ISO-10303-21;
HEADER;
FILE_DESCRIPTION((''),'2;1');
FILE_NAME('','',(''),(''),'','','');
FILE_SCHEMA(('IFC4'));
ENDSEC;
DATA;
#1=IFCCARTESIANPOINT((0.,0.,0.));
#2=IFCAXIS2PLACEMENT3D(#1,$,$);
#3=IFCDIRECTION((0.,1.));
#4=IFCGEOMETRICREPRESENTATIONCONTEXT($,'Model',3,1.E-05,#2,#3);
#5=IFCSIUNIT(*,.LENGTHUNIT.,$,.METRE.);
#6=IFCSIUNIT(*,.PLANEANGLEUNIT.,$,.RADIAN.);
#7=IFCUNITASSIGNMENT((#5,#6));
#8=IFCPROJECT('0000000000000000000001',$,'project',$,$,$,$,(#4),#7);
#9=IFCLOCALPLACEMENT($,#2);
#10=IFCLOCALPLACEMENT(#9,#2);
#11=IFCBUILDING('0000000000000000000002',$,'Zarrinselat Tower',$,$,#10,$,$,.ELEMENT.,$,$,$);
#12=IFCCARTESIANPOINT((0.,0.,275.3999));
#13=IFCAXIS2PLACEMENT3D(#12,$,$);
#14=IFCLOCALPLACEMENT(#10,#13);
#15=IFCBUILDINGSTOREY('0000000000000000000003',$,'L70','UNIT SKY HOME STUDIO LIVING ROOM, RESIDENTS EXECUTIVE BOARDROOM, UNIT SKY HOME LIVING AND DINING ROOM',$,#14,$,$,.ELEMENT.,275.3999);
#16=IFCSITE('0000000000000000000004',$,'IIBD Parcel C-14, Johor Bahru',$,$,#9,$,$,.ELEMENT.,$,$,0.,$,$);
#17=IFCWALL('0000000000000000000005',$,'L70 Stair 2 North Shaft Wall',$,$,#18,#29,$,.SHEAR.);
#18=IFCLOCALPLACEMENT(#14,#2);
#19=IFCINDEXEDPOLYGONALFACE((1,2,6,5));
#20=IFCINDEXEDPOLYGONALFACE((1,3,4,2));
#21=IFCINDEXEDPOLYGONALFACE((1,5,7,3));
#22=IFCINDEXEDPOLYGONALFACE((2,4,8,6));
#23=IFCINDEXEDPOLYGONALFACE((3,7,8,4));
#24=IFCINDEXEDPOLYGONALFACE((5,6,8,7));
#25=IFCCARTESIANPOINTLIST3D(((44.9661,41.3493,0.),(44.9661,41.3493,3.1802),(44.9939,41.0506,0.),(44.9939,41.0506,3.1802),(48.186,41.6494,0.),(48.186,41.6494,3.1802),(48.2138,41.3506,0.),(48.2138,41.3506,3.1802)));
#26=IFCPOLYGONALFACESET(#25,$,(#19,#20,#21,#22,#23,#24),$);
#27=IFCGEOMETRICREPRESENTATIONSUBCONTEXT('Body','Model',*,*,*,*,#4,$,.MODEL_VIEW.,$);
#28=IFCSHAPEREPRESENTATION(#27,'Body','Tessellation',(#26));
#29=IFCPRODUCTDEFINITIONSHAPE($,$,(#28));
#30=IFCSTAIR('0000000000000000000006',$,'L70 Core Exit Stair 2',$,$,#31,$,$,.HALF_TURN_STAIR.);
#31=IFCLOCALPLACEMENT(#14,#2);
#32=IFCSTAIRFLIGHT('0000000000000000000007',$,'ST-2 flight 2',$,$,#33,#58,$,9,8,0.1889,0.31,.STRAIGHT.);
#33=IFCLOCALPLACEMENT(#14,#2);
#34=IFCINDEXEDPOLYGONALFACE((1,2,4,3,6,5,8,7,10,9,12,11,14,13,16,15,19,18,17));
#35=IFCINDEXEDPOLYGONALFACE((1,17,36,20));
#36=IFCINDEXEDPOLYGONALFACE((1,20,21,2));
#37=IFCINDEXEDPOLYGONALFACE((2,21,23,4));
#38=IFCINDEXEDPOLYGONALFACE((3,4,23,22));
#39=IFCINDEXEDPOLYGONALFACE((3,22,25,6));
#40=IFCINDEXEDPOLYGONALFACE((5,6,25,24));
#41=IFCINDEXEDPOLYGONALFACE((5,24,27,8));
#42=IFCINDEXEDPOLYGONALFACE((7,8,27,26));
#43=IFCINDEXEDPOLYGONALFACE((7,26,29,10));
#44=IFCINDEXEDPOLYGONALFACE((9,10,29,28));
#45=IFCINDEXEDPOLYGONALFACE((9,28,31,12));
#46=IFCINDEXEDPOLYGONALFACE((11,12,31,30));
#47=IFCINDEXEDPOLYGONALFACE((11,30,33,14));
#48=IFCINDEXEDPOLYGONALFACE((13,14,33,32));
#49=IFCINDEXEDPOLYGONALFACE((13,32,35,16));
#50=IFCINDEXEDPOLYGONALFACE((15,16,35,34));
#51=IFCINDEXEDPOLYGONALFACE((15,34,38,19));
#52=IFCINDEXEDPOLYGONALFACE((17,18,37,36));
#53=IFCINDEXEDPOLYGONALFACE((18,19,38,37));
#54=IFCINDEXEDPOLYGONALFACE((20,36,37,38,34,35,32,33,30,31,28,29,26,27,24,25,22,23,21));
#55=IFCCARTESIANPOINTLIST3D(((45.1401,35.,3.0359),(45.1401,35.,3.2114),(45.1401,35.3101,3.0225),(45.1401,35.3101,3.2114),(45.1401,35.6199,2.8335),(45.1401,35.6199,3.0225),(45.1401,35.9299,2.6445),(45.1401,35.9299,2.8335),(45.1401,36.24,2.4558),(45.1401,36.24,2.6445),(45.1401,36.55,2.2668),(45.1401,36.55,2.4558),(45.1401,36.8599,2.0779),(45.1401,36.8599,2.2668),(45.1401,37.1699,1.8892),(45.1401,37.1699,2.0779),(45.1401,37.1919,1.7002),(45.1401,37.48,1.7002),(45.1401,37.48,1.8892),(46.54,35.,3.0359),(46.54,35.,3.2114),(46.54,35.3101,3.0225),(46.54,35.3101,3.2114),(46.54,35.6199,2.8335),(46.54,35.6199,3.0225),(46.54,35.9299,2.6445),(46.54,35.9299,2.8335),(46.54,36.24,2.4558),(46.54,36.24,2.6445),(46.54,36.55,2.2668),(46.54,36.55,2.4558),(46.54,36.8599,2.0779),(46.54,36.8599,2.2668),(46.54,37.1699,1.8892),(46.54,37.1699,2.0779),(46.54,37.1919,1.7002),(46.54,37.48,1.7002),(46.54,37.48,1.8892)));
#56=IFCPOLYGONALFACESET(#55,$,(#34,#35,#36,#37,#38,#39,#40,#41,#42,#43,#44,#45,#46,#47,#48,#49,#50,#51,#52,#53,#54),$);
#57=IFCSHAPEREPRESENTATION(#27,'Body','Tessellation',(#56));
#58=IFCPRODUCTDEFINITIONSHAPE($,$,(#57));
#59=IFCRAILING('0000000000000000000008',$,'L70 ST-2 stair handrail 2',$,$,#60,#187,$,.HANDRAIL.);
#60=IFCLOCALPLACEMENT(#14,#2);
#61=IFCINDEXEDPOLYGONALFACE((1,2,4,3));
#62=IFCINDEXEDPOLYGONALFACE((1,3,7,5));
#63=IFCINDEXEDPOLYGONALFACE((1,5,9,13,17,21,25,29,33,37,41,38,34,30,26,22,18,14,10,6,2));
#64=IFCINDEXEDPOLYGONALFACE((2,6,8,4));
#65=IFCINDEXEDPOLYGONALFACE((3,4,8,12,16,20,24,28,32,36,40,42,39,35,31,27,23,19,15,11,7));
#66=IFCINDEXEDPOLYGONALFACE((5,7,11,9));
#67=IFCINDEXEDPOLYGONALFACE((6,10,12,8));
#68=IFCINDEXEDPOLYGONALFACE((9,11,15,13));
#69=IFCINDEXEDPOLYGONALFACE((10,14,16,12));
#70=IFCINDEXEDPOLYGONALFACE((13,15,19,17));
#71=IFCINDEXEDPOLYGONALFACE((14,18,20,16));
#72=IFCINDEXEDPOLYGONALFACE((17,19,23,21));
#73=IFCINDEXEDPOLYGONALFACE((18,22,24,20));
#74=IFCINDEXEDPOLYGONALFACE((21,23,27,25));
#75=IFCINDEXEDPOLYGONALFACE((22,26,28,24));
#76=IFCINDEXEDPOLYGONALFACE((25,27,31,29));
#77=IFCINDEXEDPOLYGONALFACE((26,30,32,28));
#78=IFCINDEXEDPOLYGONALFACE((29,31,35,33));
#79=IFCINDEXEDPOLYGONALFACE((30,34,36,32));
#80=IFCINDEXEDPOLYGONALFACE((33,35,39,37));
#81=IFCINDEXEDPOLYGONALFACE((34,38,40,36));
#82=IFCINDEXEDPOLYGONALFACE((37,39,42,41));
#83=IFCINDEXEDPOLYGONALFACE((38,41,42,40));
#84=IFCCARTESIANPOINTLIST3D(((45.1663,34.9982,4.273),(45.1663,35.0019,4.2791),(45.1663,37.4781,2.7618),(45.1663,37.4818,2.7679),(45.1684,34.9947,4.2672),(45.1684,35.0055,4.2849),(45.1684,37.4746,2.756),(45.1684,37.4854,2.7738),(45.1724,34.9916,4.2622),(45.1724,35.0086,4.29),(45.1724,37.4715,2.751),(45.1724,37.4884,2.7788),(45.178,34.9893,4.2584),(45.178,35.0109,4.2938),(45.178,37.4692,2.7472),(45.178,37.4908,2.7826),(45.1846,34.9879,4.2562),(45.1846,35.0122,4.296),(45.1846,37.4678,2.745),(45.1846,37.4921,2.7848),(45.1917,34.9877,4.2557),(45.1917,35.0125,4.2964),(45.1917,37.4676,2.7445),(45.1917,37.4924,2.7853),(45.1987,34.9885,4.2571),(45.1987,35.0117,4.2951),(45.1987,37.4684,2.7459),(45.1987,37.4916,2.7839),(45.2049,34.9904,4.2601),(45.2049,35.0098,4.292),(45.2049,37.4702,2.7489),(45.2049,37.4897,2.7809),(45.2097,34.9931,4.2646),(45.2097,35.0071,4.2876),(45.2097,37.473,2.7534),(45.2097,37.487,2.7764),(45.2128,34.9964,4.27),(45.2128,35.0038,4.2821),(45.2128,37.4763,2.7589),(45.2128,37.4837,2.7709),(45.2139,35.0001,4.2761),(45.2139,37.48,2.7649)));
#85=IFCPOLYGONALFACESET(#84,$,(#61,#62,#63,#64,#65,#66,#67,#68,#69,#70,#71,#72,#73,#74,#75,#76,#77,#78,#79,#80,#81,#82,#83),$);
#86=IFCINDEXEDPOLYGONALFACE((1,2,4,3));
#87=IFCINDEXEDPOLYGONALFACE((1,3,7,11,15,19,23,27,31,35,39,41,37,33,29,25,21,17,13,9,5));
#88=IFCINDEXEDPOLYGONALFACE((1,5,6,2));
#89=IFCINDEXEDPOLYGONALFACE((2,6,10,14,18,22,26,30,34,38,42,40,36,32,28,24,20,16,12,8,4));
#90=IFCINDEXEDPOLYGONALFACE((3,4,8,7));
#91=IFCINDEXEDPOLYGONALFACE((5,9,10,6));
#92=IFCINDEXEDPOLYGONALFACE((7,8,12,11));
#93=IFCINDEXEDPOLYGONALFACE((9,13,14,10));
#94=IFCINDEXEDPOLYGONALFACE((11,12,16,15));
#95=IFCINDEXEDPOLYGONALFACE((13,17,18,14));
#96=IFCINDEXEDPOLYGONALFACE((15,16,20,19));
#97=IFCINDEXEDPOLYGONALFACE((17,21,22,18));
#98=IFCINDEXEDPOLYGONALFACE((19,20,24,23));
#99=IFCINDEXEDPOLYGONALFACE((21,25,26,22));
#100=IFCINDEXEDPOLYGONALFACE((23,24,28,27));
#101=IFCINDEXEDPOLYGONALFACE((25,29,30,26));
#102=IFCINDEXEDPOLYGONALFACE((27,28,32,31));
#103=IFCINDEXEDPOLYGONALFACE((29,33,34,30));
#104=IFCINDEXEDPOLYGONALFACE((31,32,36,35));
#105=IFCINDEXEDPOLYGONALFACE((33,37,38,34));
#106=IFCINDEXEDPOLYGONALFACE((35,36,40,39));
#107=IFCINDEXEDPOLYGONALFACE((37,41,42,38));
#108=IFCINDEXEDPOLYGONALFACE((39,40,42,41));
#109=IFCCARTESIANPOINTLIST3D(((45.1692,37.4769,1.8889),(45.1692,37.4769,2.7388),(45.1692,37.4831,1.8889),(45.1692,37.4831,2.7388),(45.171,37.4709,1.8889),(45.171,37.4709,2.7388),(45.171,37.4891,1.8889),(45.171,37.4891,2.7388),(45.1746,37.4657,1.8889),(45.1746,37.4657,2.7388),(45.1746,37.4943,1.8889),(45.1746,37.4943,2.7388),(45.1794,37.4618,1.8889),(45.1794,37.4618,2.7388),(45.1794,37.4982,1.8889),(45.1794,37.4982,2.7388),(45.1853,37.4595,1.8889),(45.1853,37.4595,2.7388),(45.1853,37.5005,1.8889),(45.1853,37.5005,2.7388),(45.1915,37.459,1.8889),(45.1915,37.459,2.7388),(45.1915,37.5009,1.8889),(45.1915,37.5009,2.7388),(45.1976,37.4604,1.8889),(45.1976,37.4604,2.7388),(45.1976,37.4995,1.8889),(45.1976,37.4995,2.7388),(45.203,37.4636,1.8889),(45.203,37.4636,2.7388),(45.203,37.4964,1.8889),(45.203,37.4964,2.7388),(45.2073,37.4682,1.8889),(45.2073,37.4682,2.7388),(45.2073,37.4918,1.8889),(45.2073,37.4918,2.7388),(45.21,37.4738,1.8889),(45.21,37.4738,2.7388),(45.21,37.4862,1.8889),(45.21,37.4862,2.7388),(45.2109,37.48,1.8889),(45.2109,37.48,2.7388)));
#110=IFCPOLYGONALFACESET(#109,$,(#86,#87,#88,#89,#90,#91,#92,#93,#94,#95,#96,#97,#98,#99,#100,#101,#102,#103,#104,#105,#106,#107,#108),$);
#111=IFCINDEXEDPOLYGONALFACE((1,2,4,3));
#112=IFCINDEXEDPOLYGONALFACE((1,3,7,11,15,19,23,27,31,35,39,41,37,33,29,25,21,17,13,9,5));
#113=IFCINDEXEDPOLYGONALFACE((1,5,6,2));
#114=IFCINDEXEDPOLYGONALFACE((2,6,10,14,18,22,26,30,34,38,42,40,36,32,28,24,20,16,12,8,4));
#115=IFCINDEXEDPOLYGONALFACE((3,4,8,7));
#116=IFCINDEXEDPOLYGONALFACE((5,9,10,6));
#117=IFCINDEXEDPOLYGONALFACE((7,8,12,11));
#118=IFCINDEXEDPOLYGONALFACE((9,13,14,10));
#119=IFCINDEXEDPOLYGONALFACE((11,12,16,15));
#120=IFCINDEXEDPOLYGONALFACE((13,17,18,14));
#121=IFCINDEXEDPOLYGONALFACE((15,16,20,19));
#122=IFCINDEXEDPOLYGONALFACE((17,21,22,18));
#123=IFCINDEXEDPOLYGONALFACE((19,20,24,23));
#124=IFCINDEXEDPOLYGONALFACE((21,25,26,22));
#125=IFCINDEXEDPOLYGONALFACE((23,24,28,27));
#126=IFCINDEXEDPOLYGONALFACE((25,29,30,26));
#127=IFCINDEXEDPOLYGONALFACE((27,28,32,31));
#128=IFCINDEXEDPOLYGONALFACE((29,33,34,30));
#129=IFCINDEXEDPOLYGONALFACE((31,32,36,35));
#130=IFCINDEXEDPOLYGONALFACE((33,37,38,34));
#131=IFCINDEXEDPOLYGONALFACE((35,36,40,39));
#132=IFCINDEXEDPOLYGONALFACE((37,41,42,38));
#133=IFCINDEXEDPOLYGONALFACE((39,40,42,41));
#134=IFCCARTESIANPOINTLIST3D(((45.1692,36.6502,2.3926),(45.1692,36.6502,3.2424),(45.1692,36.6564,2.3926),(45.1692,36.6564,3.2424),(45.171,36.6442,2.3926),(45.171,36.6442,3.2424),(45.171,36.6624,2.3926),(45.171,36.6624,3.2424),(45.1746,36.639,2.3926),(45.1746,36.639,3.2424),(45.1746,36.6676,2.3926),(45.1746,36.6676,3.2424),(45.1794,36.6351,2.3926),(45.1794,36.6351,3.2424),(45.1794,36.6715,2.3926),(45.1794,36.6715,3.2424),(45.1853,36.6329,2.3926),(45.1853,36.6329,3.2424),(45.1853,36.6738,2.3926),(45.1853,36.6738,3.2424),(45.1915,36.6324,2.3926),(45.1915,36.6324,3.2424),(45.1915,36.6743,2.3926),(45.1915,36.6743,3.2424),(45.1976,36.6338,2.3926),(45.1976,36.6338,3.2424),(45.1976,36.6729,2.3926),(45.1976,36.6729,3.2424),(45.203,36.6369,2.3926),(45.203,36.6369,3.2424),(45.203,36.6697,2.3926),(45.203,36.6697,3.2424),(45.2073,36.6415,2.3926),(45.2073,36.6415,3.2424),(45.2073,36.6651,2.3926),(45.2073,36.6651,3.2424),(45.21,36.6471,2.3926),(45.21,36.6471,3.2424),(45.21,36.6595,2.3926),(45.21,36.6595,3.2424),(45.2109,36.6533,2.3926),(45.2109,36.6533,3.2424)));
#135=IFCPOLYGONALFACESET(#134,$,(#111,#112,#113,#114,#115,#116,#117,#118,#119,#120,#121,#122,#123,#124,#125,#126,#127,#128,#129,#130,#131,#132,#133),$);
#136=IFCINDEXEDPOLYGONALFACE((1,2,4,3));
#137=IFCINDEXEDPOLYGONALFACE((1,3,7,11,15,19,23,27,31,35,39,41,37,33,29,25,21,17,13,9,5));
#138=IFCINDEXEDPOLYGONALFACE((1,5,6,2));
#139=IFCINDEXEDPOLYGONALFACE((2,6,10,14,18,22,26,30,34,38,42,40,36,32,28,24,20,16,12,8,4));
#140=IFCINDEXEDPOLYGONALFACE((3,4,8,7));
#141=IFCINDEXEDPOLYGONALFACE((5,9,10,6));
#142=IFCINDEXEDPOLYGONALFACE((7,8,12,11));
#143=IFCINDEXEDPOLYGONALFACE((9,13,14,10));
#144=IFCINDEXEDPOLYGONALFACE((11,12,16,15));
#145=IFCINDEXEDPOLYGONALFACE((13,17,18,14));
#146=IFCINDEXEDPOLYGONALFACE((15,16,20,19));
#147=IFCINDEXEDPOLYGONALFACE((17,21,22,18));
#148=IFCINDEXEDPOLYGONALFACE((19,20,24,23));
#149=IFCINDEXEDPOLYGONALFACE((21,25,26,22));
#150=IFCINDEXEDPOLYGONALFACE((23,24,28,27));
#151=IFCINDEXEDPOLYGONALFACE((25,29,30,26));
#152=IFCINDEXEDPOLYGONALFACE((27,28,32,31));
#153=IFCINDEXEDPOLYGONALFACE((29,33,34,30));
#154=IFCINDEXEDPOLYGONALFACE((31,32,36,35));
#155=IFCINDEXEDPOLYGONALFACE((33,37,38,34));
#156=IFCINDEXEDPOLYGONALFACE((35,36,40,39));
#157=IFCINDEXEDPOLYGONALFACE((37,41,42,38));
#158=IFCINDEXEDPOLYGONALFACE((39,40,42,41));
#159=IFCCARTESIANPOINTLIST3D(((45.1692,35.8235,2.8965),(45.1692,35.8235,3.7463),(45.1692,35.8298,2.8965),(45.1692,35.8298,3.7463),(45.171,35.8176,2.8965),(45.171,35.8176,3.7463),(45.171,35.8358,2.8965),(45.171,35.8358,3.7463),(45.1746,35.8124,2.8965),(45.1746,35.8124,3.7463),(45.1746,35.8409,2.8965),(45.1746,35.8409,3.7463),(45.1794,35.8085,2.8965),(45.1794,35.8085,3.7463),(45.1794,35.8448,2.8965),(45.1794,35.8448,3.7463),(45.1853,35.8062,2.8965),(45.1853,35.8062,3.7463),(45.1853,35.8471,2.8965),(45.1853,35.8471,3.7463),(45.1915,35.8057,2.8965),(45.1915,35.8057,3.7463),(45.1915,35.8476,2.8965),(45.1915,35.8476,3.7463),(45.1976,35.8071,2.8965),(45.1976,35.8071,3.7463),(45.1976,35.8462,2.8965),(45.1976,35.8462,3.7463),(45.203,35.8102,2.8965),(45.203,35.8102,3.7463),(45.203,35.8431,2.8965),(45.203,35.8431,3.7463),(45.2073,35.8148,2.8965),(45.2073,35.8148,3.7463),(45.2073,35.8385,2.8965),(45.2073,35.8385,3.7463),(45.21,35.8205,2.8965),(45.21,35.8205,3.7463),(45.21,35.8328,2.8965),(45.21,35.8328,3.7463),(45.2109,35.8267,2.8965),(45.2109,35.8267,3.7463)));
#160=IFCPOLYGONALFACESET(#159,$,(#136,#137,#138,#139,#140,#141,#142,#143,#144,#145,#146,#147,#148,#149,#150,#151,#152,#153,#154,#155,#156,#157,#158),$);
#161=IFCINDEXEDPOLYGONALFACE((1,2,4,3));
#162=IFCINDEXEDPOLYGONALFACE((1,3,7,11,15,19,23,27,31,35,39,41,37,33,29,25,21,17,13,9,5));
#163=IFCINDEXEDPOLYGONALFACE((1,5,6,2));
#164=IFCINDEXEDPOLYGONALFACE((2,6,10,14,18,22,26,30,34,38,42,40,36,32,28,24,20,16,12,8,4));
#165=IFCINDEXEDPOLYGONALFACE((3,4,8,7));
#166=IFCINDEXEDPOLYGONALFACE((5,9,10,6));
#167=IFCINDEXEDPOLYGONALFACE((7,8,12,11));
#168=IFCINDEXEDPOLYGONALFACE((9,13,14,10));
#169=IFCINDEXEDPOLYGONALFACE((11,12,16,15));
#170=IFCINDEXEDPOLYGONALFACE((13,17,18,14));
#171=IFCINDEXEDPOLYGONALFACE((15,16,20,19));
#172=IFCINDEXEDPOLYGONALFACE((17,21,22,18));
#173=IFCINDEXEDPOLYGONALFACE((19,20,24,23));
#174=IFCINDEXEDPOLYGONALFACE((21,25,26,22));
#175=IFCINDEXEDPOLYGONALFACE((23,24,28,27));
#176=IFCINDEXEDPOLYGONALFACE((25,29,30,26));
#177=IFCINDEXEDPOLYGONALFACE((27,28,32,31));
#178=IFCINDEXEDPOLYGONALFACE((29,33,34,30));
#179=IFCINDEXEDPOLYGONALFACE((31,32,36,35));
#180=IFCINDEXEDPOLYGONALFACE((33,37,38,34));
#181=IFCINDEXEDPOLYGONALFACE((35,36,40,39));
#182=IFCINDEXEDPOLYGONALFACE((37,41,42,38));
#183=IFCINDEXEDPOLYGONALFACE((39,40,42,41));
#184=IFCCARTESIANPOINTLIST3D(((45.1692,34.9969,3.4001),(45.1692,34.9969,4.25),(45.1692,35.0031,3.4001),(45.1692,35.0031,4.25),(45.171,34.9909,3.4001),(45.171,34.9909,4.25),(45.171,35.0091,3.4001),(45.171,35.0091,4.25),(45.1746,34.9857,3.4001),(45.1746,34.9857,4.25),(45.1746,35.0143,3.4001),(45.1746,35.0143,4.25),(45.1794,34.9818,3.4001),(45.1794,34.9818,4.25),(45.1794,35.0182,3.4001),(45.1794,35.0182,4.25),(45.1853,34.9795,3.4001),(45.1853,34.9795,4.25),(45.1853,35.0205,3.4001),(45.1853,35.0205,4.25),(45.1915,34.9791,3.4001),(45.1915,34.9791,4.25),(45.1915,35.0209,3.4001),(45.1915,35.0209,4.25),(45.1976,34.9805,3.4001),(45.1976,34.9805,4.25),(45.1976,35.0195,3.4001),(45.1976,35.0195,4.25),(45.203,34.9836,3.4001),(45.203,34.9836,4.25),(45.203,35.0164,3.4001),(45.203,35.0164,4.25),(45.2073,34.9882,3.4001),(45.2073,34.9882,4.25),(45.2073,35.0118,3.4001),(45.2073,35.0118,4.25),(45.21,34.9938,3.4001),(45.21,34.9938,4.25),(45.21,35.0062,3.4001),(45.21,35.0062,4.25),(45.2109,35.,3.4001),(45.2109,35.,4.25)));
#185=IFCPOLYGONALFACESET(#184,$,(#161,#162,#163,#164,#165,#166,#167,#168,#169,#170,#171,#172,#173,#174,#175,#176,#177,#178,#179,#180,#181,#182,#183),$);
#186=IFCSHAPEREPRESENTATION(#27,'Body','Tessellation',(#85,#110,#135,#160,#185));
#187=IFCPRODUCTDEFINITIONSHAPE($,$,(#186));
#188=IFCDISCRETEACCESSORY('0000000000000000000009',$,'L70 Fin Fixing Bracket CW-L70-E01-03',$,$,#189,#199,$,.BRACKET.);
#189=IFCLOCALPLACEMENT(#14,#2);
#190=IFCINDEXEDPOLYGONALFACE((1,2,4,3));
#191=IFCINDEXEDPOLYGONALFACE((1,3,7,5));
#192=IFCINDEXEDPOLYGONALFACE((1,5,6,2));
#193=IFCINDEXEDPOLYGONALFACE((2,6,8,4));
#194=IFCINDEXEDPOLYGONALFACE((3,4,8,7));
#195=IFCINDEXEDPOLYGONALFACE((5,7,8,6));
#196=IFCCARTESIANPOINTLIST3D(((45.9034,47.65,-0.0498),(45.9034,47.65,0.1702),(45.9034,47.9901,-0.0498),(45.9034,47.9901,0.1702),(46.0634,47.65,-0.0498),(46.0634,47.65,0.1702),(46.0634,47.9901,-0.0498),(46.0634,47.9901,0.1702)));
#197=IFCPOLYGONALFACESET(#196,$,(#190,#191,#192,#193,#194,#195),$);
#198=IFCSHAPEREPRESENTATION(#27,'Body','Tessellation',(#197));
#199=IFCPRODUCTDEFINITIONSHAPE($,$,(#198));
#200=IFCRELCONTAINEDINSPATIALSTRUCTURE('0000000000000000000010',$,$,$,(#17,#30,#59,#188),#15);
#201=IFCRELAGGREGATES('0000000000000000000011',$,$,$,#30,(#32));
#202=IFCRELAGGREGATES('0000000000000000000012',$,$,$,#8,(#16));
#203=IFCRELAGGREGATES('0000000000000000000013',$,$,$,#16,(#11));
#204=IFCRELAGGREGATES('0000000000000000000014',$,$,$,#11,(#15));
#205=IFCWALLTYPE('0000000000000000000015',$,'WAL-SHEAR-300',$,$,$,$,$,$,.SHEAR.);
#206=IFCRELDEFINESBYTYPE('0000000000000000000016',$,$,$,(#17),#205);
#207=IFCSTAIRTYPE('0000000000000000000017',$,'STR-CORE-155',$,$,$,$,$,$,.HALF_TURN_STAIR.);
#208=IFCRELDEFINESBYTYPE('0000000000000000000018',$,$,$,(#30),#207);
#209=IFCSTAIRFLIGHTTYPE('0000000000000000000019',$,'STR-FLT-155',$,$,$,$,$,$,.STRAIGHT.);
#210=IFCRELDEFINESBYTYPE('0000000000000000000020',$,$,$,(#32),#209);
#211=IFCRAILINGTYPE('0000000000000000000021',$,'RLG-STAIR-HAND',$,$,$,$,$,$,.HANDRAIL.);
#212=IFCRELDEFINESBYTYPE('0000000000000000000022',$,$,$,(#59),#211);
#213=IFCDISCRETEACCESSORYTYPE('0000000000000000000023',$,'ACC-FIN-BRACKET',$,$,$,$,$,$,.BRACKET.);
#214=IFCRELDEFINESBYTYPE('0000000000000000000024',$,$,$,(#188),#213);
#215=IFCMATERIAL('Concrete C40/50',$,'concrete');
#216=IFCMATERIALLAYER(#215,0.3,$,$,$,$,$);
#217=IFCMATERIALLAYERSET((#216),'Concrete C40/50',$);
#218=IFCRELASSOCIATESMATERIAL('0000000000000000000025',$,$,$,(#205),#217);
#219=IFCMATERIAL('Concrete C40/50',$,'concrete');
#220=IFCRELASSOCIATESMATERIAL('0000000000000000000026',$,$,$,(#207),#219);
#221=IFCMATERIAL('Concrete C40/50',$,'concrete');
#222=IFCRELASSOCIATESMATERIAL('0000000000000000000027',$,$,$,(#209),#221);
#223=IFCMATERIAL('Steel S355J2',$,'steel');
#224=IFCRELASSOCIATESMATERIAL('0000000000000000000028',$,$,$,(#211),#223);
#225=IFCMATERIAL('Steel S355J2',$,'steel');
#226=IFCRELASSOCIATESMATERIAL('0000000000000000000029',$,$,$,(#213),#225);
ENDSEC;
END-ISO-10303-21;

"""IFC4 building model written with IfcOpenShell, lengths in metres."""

from ifc_helpers import new_model, si_unit, direction, frame, frame_2d, origin, origin_2d, place, context, subcontext, project, spatial, polyline, rectangle, circle, outline, extrude, material, layer, layer_set, type_object, element, aggregate, save


model = new_model("IFC4")

# Units and contexts
model_context = context("Model", 3, precision=1e-05, world=origin(), true_north=direction((0.0, 1.0)))
body_context = subcontext(model_context, "Body", "Model", "MODEL_VIEW")
ifc_project = project(units=[si_unit("LENGTHUNIT", "METRE"), si_unit("PLANEANGLEUNIT", "RADIAN")], contexts=[model_context])

# Site, building, storey
site_placement = place(None, origin())
site = spatial("IfcSite", under=ifc_project, at=site_placement, Name="IIBD Parcel C-14, Johor Bahru", CompositionType="ELEMENT", RefElevation=0.0)
building_placement = place(site_placement, origin())
building = spatial("IfcBuilding", under=site, at=building_placement, Name="Zarrinselat Tower", CompositionType="ELEMENT")
storey_placement = place(building_placement, frame((0.0, 0.0, 275.3999)))
storey = spatial("IfcBuildingStorey", under=building, at=storey_placement, Name="L70", Description="UNIT SKY HOME STUDIO LIVING ROOM, RESIDENTS EXECUTIVE BOARDROOM, UNIT SKY HOME LIVING AND DINING ROOM", CompositionType="ELEMENT", Elevation=275.3999)

# Wall
ifc_material_1 = material(Name="Concrete C40/50", Category="concrete")
ifc_layer_1 = layer(ifc_material_1, 0.3)
ifc_layer_set_1 = layer_set([ifc_layer_1], Name="Concrete C40/50")
wall_type_1 = type_object("IfcWallType", Name="WAL-SHEAR-300", PredefinedType="SHEAR", material=ifc_layer_set_1)
wall_1_placement = place(storey_placement, frame((44.98, 41.2, 0.0), z_axis=(0.0, 0.0, 1.0), x_axis=(0.995686, 0.092782, 0.0)))
element("IfcWall", 1, at=wall_1_placement, inside=storey, type_object=wall_type_1, Name="L70 Stair 2 North Shaft Wall", PredefinedType="SHEAR", context=body_context, shape_type="SweptSolid", body=[
    extrude(rectangle(XDim=3.2339, YDim=0.3, at=frame_2d((1.6169, 0.0))), origin(), (0.0, 0.0, 1.0), 3.1802),
])

# Stair, stair flight
ifc_material_2 = material(Name="Concrete C40/50", Category="concrete")
stair_type = type_object("IfcStairType", Name="STR-CORE-155", PredefinedType="HALF_TURN_STAIR", material=ifc_material_2)
stair_placement = place(storey_placement, origin())
stair = element("IfcStair", 2, at=stair_placement, inside=storey, type_object=stair_type, Name="L70 Core Exit Stair 2", PredefinedType="HALF_TURN_STAIR")
ifc_material_3 = material(Name="Concrete C40/50", Category="concrete")
stair_flight_type = type_object("IfcStairFlightType", Name="STR-FLT-155", PredefinedType="STRAIGHT", material=ifc_material_3)
stair_flight_placement = place(storey_placement, frame((45.8401, 37.48, 1.7002), z_axis=(0.0, 0.0, 1.0), x_axis=(0.0, -1.0, 0.0)))
stair_flight = element("IfcStairFlight", 3, at=stair_flight_placement, type_object=stair_flight_type, Name="ST-2 flight 2", NumberOfRisers=9, NumberOfTreads=8, PredefinedType="STRAIGHT", RiserHeight=0.1889, TreadLength=0.31, context=body_context, shape_type="SweptSolid", body=[
    extrude(outline(polyline([(0.0, 0.0), (0.0, 0.189), (0.3101, 0.189), (0.3101, 0.3777), (0.6201, 0.3777), (0.6201, 0.5667), (0.9299, 0.5667), (0.9299, 0.7556), (1.24, 0.7556), (1.24, 0.9443), (1.55, 0.9443), (1.55, 1.1333), (1.8601, 1.1333), (1.8601, 1.3223), (2.1699, 1.3223), (2.1699, 1.5112), (2.48, 1.5112), (2.48, 1.7), (2.48, 1.3357), (0.2881, 0.0), (0.0, 0.0)])), frame((0.0, 0.7, 0.0), z_axis=(0.0, -1.0, 0.0), x_axis=(1.0, 0.0, 0.0)), (0.0, 0.0, 1.0), 1.3999),
])
aggregate(stair, [stair_flight])

# Railing
ifc_material_4 = material(Name="Steel S355J2", Category="steel")
railing_type = type_object("IfcRailingType", Name="RLG-STAIR-HAND", PredefinedType="HANDRAIL", material=ifc_material_4)
railing_placement = place(storey_placement, frame((45.1899, 37.48, 1.8889)))
element("IfcRailing", 4, at=railing_placement, inside=storey, type_object=railing_type, Name="L70 ST-2 stair handrail 2", PredefinedType="HANDRAIL", context=body_context, shape_type="SweptSolid", body=[
    extrude(circle(Radius=0.0239, at=origin_2d()), frame((0.0, 0.0, 0.876), z_axis=(0.0, -0.853942, 0.520368), x_axis=(1.0, 0.0, 0.0)), (0.0, 0.0, 1.0), 2.9041),
    extrude(circle(Radius=0.021, at=origin_2d()), origin(), (0.0, 0.0, 1.0), 0.8499),
    extrude(circle(Radius=0.021, at=origin_2d()), frame((0.0, -0.8267, 0.5037)), (0.0, 0.0, 1.0), 0.8499),
    extrude(circle(Radius=0.021, at=origin_2d()), frame((0.0, -1.6533, 1.0076)), (0.0, 0.0, 1.0), 0.8499),
    extrude(circle(Radius=0.021, at=origin_2d()), frame((0.0, -2.48, 1.5112)), (0.0, 0.0, 1.0), 0.8499),
])

# Discrete accessory
ifc_material_5 = material(Name="Steel S355J2", Category="steel")
discrete_accessory_type = type_object("IfcDiscreteAccessoryType", Name="ACC-FIN-BRACKET", PredefinedType="BRACKET", material=ifc_material_5)
for number, where, z_axis, x_axis, name in (
    (5, (45.9834, 47.8201, -0.0498), (0.0, 0.0, 1.0), (0.0, 1.0, 0.0), "L70 Fin Fixing Bracket CW-L70-E01-03"),
):
    element("IfcDiscreteAccessory", number, at=place(storey_placement, frame(where, z_axis=z_axis, x_axis=x_axis)), inside=storey, type_object=discrete_accessory_type, Name=name, PredefinedType="BRACKET", context=body_context, shape_type="SweptSolid", body=[
        extrude(rectangle(XDim=0.3401, YDim=0.1599, at=origin_2d()), origin(), (0.0, 0.0, 1.0), 0.22),
    ])

save(model, "model.ifc")
